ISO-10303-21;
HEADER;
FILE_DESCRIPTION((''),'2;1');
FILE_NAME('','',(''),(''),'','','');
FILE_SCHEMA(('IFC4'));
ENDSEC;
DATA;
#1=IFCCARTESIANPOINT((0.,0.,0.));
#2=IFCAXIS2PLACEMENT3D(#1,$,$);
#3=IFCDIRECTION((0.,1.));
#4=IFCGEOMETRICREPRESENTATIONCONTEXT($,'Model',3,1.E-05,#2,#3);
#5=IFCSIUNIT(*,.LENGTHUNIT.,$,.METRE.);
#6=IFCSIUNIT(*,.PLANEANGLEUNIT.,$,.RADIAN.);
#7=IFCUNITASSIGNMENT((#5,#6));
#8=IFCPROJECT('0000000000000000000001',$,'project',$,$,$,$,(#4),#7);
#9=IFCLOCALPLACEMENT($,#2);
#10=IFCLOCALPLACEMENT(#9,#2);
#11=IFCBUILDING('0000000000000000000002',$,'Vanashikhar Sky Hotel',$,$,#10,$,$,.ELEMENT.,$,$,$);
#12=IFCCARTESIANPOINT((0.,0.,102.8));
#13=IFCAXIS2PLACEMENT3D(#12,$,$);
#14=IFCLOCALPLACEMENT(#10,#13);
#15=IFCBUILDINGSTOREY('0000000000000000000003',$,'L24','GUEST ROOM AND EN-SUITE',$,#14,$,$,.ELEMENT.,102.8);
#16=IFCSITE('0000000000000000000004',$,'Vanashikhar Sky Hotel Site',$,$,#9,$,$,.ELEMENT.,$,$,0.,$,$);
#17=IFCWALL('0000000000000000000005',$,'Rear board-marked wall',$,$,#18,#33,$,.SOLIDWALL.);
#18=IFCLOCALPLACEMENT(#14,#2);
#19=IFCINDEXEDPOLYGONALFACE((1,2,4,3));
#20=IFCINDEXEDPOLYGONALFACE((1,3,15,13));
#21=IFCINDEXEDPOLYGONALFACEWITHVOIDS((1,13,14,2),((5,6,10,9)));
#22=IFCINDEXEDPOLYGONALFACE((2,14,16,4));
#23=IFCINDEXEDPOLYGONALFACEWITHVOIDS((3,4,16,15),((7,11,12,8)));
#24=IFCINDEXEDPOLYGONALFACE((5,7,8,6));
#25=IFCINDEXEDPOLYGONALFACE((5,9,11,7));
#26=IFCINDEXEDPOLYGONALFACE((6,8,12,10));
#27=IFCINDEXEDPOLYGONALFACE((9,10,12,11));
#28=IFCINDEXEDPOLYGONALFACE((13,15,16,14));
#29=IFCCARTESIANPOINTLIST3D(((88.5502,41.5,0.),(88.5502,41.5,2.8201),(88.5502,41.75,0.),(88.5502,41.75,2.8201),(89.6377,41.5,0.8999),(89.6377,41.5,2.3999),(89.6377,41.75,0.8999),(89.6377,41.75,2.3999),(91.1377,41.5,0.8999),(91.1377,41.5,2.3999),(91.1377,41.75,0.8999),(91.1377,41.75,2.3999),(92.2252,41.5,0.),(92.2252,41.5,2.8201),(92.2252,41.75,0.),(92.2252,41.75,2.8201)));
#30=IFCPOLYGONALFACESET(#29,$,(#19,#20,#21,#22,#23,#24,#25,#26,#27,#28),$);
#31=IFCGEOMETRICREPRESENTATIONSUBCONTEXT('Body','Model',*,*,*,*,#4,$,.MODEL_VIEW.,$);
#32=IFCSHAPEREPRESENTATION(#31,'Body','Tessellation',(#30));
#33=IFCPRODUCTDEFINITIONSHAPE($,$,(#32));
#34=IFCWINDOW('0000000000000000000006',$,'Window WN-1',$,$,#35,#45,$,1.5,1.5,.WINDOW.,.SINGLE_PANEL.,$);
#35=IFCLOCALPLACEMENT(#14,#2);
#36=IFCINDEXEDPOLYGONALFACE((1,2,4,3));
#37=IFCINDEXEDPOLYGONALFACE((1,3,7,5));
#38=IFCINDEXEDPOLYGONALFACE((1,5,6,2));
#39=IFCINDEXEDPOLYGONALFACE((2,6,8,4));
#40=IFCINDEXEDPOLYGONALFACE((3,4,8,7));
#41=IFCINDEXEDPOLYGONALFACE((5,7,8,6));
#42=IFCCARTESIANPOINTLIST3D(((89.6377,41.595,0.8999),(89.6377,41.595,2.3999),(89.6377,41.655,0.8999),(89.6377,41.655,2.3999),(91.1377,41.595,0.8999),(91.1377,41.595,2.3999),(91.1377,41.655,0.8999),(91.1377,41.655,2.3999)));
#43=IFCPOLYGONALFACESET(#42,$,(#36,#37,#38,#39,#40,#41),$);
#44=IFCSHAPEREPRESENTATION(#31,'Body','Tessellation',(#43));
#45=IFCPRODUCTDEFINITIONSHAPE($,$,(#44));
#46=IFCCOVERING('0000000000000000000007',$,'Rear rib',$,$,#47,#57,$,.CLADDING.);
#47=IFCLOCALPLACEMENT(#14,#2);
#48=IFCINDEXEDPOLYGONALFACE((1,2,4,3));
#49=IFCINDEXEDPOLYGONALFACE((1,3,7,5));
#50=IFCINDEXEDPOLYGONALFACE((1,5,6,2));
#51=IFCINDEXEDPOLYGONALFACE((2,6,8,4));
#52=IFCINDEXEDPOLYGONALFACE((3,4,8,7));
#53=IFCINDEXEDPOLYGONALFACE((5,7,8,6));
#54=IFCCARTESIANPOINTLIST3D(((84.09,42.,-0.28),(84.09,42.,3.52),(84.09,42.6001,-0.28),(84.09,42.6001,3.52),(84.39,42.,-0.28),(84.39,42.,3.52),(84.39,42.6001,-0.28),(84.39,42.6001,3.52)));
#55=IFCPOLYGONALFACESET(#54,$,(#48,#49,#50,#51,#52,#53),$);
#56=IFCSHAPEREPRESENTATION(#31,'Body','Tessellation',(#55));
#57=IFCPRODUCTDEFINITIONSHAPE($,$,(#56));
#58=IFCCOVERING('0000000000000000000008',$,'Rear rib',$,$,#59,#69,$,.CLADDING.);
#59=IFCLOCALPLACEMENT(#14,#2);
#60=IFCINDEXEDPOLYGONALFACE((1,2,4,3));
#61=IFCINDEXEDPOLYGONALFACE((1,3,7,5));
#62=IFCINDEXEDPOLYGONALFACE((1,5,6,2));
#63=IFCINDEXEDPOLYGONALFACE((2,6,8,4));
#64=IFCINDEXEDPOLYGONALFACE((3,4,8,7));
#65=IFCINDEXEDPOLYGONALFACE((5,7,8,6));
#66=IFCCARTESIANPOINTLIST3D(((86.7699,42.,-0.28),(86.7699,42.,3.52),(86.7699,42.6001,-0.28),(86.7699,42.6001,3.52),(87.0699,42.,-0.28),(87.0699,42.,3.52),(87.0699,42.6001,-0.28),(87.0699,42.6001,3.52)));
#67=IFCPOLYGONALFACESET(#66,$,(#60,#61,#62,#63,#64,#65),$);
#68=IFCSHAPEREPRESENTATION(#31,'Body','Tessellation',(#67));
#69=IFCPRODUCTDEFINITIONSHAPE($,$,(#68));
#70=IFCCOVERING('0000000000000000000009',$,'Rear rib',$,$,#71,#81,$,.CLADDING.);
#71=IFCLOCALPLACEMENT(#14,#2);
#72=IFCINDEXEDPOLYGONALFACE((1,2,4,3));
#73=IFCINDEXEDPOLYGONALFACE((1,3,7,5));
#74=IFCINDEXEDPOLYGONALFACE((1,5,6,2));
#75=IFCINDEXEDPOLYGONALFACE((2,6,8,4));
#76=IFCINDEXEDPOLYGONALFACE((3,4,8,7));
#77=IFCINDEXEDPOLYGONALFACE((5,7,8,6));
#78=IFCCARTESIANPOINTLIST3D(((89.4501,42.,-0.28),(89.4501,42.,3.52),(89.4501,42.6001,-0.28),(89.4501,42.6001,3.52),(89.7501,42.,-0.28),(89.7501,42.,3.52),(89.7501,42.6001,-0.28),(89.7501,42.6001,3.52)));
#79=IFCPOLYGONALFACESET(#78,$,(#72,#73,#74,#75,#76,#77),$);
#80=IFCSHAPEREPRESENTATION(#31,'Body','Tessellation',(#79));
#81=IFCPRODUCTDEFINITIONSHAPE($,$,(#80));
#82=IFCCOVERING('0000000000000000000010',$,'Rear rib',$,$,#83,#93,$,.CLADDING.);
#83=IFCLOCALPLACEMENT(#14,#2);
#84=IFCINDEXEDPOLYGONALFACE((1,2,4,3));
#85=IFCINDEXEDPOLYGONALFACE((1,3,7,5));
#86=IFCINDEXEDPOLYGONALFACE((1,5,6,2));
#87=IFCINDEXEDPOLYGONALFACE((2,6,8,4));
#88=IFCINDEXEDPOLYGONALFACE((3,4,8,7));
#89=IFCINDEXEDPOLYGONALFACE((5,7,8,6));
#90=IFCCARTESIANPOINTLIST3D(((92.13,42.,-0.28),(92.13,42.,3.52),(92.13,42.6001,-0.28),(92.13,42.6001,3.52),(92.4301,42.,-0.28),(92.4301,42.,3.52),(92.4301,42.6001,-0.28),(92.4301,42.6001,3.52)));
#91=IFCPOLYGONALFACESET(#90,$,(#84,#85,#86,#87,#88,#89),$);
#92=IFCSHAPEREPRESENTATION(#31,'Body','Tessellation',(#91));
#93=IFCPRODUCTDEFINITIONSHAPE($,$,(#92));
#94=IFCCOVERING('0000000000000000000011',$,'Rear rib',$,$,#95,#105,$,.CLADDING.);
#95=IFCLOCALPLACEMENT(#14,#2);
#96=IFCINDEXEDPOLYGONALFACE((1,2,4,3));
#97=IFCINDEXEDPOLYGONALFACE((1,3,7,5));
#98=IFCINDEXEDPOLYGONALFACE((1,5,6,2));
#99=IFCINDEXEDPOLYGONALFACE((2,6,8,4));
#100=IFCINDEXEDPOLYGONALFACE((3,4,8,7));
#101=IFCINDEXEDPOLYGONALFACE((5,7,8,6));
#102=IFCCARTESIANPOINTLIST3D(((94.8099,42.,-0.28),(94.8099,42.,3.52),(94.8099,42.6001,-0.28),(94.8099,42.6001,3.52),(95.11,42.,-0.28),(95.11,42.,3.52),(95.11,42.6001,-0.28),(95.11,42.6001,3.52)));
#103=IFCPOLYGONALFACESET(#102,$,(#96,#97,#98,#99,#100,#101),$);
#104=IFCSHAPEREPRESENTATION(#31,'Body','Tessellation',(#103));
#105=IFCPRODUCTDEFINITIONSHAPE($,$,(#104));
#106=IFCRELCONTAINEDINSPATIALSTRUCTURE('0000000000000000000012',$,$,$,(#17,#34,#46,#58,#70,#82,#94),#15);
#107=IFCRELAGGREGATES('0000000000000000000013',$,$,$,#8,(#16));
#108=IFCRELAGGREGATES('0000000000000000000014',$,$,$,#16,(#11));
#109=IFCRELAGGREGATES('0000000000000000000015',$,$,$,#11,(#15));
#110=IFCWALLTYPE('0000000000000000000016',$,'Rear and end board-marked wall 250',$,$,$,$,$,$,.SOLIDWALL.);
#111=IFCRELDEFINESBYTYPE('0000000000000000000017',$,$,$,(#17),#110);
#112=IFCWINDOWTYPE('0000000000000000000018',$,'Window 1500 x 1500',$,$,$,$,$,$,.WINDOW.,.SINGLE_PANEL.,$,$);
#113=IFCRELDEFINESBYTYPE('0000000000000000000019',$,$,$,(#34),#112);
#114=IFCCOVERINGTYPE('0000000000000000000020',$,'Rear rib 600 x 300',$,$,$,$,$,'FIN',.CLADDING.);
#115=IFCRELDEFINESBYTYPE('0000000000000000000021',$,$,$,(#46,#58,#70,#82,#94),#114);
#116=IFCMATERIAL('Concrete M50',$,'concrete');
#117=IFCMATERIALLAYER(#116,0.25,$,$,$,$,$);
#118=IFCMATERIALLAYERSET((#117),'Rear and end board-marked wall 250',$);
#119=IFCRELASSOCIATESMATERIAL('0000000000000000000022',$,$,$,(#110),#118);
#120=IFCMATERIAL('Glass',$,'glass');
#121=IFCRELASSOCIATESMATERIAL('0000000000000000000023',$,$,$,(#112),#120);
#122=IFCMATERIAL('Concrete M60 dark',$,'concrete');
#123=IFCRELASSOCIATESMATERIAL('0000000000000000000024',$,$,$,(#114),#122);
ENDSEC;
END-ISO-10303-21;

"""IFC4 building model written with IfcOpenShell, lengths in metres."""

from ifc_helpers import new_model, si_unit, direction, frame, frame_2d, origin, origin_2d, place, context, subcontext, project, spatial, rectangle, extrude, source, transform, mapped, material, layer, layer_set, material_profile, profile_set, type_object, element, fill, save


model = new_model("IFC4")

# Units and contexts
model_context = context("Model", 3, precision=1e-05, world=origin(), true_north=direction((0.0, 1.0)))
body_context = subcontext(model_context, "Body", "Model", "MODEL_VIEW")
ifc_project = project(units=[si_unit("LENGTHUNIT", "METRE"), si_unit("PLANEANGLEUNIT", "RADIAN")], contexts=[model_context])

# Site, building, storey
site_placement = place(None, origin())
site = spatial("IfcSite", under=ifc_project, at=site_placement, Name="Vanashikhar Sky Hotel Site", CompositionType="ELEMENT", RefElevation=0.0)
building_placement = place(site_placement, origin())
building = spatial("IfcBuilding", under=site, at=building_placement, Name="Vanashikhar Sky Hotel", CompositionType="ELEMENT")
storey_placement = place(building_placement, frame((0.0, 0.0, 102.8)))
storey = spatial("IfcBuildingStorey", under=building, at=storey_placement, Name="L24", Description="GUEST ROOM AND EN-SUITE", CompositionType="ELEMENT", Elevation=102.8)

# Shared definitions
ifc_material_1 = material(Name="Concrete M50", Category="concrete")

# Wall, opening, window
ifc_material_2 = material(Name="Glass", Category="glass")
ifc_layer_1 = layer(ifc_material_1, 0.25)
ifc_layer_set_1 = layer_set([ifc_layer_1], Name="Rear and end board-marked wall 250")
wall_type_1 = type_object("IfcWallType", Name="Rear and end board-marked wall 250", PredefinedType="SOLIDWALL", material=ifc_layer_set_1)
shared_shape_1 = source(origin(), body_context, "Body", "SweptSolid", [
    extrude(rectangle(XDim=1.5, YDim=1.5, at=frame_2d((0.75, 0.75))), frame((0.0, 0.135, 0.0), z_axis=(0.0, -1.0, 0.0), x_axis=(1.0, 0.0, 0.0)), (0.0, 0.0, 1.0), 0.27),
])
window_type_1 = type_object("IfcWindowType", Name="Window 1500 x 1500", PartitioningType="SINGLE_PANEL", PredefinedType="WINDOW", material=ifc_material_2)
shared_shape_2 = source(origin(), body_context, "Body", "SweptSolid", [
    extrude(rectangle(XDim=1.5, YDim=1.5, at=frame_2d((0.75, 0.75))), frame((0.0, 0.03, 0.0), z_axis=(0.0, -1.0, 0.0), x_axis=(1.0, 0.0, 0.0)), (0.0, 0.0, 1.0), 0.0601),
])
shared_shape_3 = source(origin(), body_context, "Body", "SweptSolid", [
    extrude(rectangle(XDim=3.675, YDim=0.25, at=frame_2d((1.8374, 0.0))), origin(), (0.0, 0.0, 1.0), 2.8201),
])
wall_1_placement = place(storey_placement, frame((92.2251, 41.625, 0.0), z_axis=(0.0, 0.0, 1.0), x_axis=(-1.0, 0.0, 0.0)))
wall_1 = element("IfcWall", 1, at=wall_1_placement, inside=storey, type_object=wall_type_1, Name="Rear board-marked wall", PredefinedType="SOLIDWALL", context=body_context, shape_type="MappedRepresentation", body=[
    mapped(shared_shape_3, transform((0.0, 0.0, 0.0), scale=1.0)),
])
opening_1_placement = place(wall_1_placement, frame((1.0874, 0.0, 0.8999)))
opening_1 = element("IfcOpeningElement", 2, at=opening_1_placement, cuts=wall_1, PredefinedType="OPENING", context=body_context, shape_type="MappedRepresentation", body=[
    mapped(shared_shape_1, transform((0.0, 0.0, 0.0), scale=1.0)),
])
window_1_placement = place(opening_1_placement, origin())
window_1 = element("IfcWindow", 3, at=window_1_placement, inside=storey, type_object=window_type_1, Name="Window WN-1", OverallHeight=1.5, OverallWidth=1.5, PartitioningType="SINGLE_PANEL", PredefinedType="WINDOW", context=body_context, shape_type="MappedRepresentation", body=[
    mapped(shared_shape_2, transform((0.0, 0.0, 0.0), scale=1.0)),
])
fill(opening_1, window_1)

# Coverings
ifc_material_3 = material(Name="Concrete M60 dark", Category="concrete")
ifc_material_profile_1 = material_profile(ifc_material_3, rectangle(XDim=0.6001, YDim=0.3, at=origin_2d()))
ifc_profile_set_1 = profile_set([ifc_material_profile_1], Name="Rear rib 600 x 300")
covering_type = type_object("IfcCoveringType", Name="Rear rib 600 x 300", ElementType="FIN", PredefinedType="CLADDING", material=ifc_profile_set_1)
shared_shape_4 = source(origin(), body_context, "Body", "SweptSolid", [
    extrude(rectangle(XDim=0.6001, YDim=0.3, at=origin_2d()), origin(), (0.0, 0.0, 1.0), 3.8),
])
for number, where, z_axis, x_axis, name in (
    (4, (84.24, 42.3, -0.28), (0.0, 0.0, 1.0), (0.0, 1.0, 0.0), "Rear rib"),
    (5, (86.9199, 42.3, -0.28), (0.0, 0.0, 1.0), (0.0, 1.0, 0.0), "Rear rib"),
    (6, (89.6001, 42.3, -0.28), (0.0, 0.0, 1.0), (0.0, 1.0, 0.0), "Rear rib"),
    (7, (92.28, 42.3, -0.28), (0.0, 0.0, 1.0), (0.0, 1.0, 0.0), "Rear rib"),
    (8, (94.96, 42.3, -0.28), (0.0, 0.0, 1.0), (0.0, 1.0, 0.0), "Rear rib"),
):
    element("IfcCovering", number, at=place(storey_placement, frame(where, z_axis=z_axis, x_axis=x_axis)), inside=storey, type_object=covering_type, Name=name, PredefinedType="CLADDING", context=body_context, shape_type="MappedRepresentation", body=[
        mapped(shared_shape_4, transform((0.0, 0.0, 0.0), scale=1.0)),
    ])

save(model, "model.ifc")
